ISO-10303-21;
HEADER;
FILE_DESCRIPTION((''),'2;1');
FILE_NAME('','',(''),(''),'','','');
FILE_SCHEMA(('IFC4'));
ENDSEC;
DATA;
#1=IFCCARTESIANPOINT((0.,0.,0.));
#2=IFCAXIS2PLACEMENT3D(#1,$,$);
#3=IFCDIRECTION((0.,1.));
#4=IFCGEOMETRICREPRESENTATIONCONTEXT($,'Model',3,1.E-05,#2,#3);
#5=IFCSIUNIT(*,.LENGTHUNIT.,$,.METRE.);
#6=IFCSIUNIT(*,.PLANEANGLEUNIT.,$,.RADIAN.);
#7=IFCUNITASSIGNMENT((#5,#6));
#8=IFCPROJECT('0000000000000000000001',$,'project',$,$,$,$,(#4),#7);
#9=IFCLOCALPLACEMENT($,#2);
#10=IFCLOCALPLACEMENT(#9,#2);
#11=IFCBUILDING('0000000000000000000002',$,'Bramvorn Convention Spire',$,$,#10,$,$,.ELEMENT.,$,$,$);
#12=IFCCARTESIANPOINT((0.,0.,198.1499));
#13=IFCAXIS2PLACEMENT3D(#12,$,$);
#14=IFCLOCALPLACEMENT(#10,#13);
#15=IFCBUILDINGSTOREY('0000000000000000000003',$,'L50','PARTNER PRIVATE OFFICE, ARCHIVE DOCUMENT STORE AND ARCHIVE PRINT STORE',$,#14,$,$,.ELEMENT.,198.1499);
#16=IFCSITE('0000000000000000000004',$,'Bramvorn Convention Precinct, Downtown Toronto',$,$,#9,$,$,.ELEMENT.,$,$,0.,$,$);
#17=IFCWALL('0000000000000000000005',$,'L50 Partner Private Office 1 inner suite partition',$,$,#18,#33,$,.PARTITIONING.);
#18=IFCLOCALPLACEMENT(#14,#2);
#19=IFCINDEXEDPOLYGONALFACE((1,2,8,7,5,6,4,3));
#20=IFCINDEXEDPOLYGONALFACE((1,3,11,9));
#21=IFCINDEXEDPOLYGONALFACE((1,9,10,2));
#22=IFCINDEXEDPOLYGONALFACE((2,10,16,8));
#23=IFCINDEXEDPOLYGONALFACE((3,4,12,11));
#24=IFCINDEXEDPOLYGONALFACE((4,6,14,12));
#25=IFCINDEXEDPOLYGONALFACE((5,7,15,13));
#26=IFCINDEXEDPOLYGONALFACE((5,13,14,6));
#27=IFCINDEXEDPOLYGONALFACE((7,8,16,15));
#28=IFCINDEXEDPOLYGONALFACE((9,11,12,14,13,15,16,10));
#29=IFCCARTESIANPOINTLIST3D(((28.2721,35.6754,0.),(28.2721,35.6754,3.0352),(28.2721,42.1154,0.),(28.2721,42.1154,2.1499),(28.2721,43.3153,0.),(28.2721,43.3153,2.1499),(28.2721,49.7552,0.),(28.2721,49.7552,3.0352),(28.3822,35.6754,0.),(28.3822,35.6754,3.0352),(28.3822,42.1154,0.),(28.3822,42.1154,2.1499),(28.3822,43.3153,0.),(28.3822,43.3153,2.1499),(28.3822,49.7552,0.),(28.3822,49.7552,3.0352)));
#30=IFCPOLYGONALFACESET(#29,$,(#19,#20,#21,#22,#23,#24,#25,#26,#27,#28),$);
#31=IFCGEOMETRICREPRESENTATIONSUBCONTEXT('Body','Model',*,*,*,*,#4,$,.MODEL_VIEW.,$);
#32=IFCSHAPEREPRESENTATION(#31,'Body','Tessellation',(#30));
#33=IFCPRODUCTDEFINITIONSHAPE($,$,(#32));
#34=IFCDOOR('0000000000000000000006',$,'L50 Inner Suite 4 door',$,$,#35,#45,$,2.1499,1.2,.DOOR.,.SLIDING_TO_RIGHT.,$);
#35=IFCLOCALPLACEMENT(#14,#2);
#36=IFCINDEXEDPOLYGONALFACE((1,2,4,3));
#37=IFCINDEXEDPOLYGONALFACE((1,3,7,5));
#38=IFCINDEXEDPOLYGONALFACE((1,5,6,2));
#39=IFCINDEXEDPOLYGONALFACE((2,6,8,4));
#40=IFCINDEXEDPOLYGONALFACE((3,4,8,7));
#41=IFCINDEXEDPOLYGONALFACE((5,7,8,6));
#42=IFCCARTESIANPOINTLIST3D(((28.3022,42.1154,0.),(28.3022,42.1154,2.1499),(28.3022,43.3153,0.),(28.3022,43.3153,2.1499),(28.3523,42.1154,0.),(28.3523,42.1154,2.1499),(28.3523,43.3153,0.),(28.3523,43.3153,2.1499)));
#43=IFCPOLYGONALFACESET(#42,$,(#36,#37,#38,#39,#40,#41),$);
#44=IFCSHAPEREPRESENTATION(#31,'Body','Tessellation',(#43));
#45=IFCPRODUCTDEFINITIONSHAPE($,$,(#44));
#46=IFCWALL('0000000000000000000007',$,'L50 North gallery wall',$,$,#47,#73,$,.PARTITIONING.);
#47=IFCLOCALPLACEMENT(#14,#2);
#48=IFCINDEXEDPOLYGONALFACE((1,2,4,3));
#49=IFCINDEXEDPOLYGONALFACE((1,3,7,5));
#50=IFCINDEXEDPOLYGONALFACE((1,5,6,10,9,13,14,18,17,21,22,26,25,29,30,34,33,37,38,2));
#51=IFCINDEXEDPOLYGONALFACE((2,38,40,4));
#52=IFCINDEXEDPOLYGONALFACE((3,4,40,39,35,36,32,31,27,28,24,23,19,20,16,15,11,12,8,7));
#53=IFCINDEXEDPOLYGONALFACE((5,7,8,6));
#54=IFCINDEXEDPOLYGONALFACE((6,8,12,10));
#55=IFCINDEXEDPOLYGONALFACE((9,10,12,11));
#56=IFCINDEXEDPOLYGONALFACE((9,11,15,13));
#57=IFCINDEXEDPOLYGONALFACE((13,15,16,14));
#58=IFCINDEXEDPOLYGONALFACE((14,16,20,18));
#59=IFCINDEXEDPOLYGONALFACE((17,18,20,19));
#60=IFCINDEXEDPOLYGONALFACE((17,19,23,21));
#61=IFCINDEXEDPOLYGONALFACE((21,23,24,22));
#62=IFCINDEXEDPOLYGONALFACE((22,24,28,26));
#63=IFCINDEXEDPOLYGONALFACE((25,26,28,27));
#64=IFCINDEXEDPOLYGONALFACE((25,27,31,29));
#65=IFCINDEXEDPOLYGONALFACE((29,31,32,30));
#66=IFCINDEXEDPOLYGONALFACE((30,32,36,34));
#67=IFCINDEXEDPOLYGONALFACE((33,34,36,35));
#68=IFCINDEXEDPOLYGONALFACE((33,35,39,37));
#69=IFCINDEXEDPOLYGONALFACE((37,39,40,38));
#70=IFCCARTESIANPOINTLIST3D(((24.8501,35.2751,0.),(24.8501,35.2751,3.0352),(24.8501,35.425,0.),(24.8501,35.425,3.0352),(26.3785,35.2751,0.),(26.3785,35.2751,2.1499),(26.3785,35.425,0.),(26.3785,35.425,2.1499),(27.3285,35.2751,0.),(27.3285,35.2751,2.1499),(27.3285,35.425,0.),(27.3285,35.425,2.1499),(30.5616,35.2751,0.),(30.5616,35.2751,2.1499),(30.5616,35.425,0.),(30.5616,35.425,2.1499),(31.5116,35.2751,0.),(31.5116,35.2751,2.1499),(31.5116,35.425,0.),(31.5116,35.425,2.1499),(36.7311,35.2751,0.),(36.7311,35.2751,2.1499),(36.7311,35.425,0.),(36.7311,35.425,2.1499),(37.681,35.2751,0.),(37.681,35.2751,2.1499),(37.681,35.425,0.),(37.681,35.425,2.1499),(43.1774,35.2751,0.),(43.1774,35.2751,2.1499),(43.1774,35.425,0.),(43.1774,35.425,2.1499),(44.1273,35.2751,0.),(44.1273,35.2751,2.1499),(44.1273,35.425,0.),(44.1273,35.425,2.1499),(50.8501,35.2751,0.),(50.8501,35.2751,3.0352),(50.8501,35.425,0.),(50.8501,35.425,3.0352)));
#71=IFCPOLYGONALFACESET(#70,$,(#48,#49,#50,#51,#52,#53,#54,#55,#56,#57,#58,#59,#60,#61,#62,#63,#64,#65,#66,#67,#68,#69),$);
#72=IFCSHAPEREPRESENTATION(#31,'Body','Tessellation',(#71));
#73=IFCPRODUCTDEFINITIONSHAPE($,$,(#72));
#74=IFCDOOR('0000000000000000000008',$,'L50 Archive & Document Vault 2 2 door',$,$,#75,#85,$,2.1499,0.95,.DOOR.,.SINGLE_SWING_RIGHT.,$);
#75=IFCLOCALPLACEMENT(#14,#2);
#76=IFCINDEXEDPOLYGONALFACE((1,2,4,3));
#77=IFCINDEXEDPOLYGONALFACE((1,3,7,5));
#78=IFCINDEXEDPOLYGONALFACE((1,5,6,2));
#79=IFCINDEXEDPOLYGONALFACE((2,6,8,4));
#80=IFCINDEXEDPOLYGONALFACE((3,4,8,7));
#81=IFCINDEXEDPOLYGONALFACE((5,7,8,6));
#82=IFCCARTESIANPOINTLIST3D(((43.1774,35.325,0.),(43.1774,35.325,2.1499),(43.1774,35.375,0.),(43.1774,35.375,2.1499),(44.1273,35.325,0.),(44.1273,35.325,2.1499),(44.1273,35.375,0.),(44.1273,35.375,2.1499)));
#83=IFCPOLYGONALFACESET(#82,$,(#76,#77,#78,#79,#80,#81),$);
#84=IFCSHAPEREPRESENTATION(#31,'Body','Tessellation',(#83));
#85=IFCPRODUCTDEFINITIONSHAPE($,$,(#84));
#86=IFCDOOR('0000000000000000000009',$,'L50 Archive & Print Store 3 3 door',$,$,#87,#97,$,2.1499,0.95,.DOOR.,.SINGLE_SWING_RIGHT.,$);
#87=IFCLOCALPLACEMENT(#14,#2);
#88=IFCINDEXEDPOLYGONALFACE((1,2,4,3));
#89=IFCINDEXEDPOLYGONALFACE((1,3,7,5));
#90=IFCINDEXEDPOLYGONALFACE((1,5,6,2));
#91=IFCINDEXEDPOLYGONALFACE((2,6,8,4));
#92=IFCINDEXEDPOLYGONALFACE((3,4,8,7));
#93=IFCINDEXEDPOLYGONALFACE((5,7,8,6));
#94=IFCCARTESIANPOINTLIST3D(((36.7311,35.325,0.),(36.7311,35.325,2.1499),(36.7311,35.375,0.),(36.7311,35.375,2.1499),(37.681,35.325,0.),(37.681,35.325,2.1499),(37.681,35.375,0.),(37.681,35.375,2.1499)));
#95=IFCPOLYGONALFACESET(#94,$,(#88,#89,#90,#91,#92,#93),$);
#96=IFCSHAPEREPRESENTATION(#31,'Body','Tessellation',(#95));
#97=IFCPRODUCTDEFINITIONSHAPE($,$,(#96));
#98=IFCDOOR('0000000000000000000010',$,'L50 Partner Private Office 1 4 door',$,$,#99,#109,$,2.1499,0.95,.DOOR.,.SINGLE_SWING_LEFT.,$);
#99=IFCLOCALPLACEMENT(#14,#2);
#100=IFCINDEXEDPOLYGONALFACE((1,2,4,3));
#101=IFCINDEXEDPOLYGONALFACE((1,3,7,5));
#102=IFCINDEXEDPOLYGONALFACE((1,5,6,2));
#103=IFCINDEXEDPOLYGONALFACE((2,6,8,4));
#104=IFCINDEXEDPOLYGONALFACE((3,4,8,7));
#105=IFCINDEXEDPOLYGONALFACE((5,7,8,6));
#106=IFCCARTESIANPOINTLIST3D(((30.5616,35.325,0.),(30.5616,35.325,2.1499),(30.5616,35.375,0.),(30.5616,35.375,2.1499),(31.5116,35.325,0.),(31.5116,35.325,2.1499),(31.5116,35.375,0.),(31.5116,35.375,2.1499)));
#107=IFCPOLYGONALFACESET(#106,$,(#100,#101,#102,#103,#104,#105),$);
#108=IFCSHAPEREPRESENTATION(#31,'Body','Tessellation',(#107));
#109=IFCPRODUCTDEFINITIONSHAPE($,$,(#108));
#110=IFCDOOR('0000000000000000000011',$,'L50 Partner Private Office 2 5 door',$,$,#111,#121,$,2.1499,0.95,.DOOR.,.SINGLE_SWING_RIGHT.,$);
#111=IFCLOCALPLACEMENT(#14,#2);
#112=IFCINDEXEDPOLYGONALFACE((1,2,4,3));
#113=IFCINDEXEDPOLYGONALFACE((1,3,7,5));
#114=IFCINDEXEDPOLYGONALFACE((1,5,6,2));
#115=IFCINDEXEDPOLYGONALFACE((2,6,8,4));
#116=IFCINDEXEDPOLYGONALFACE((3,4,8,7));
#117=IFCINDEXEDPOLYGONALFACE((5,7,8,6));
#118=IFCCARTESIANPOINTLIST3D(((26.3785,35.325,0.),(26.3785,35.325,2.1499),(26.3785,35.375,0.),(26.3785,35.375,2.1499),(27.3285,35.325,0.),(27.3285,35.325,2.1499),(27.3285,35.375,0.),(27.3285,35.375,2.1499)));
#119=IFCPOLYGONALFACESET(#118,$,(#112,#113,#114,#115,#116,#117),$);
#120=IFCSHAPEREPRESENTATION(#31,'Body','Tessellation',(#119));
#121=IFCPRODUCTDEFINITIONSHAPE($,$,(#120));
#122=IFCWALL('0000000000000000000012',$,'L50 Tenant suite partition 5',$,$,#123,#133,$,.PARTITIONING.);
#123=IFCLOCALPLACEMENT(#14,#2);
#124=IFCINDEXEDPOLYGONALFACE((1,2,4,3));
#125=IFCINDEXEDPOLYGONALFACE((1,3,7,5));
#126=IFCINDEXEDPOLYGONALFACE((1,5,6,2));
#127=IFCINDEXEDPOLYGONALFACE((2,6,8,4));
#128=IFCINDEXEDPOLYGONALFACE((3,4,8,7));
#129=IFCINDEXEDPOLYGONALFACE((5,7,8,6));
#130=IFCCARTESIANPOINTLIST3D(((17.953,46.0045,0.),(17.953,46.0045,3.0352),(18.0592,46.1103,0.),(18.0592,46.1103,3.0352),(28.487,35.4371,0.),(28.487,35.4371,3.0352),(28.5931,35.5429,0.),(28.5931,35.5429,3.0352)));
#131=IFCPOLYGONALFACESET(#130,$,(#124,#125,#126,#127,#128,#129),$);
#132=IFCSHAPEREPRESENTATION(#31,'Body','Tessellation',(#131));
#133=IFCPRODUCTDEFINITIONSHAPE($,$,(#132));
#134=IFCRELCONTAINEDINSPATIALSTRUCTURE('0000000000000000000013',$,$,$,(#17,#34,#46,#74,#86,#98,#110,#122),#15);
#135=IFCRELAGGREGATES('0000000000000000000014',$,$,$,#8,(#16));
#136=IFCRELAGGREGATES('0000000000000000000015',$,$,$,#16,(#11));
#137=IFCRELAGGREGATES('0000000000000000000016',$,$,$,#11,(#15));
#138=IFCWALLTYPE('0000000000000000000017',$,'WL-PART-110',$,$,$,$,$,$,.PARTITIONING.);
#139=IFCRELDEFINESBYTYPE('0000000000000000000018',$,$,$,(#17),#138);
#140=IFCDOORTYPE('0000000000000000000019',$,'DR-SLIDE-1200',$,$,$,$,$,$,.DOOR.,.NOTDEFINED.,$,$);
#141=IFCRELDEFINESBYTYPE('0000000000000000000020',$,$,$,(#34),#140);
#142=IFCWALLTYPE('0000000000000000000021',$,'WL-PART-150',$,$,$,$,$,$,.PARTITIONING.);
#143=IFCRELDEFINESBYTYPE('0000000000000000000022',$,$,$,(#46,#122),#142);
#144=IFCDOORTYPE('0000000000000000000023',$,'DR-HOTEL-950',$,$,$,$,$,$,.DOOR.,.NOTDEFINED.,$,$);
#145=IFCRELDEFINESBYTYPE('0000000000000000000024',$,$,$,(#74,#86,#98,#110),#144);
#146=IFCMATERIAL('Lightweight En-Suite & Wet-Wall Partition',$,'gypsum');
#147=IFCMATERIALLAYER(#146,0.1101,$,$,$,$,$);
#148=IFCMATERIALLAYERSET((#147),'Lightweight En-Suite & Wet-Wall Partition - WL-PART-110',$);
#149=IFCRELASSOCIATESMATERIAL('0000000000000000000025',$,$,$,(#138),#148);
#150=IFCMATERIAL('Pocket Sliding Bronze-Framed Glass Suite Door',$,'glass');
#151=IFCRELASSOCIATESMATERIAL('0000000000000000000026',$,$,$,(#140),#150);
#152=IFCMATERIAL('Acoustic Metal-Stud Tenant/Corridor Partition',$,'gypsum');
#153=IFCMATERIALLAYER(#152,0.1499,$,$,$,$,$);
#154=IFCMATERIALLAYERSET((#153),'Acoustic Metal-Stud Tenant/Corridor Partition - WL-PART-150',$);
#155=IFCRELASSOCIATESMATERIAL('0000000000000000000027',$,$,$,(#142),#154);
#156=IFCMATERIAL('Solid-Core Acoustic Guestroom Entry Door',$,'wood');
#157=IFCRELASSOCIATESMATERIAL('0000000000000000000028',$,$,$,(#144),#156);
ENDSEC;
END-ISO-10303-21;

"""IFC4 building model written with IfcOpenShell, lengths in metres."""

from ifc_helpers import new_model, si_unit, direction, frame, frame_2d, origin, place, context, subcontext, project, spatial, rectangle, extrude, material, layer, layer_set, type_object, element, fill, save


model = new_model("IFC4")

# Units and contexts
model_context = context("Model", 3, precision=1e-05, world=origin(), true_north=direction((0.0, 1.0)))
body_context = subcontext(model_context, "Body", "Model", "MODEL_VIEW")
ifc_project = project(units=[si_unit("LENGTHUNIT", "METRE"), si_unit("PLANEANGLEUNIT", "RADIAN")], contexts=[model_context])

# Site, building, storey
site_placement = place(None, origin())
site = spatial("IfcSite", under=ifc_project, at=site_placement, Name="Bramvorn Convention Precinct, Downtown Toronto", CompositionType="ELEMENT", RefElevation=0.0)
building_placement = place(site_placement, origin())
building = spatial("IfcBuilding", under=site, at=building_placement, Name="Bramvorn Convention Spire", CompositionType="ELEMENT")
storey_placement = place(building_placement, frame((0.0, 0.0, 198.1499)))
storey = spatial("IfcBuildingStorey", under=building, at=storey_placement, Name="L50", Description="PARTNER PRIVATE OFFICE, ARCHIVE DOCUMENT STORE AND ARCHIVE PRINT STORE", CompositionType="ELEMENT", Elevation=198.1499)

# Wall, opening, door
ifc_material_1 = material(Name="Lightweight En-Suite & Wet-Wall Partition", Category="gypsum")
ifc_layer_1 = layer(ifc_material_1, 0.1101)
ifc_layer_set_1 = layer_set([ifc_layer_1], Name="Lightweight En-Suite & Wet-Wall Partition - WL-PART-110")
wall_type_1 = type_object("IfcWallType", Name="WL-PART-110", PredefinedType="PARTITIONING", material=ifc_layer_set_1)
wall_1_placement = place(storey_placement, frame((28.3271, 35.6753, 0.0), z_axis=(0.0, 0.0, 1.0), x_axis=(0.0, 1.0, 0.0)))
wall_1 = element("IfcWall", 1, at=wall_1_placement, inside=storey, type_object=wall_type_1, Name="L50 Partner Private Office 1 inner suite partition", PredefinedType="PARTITIONING", context=body_context, shape_type="SweptSolid", body=[
    extrude(rectangle(XDim=14.0798, YDim=0.1101, at=frame_2d((7.04, 0.0))), origin(), (0.0, 0.0, 1.0), 3.0352),
])
opening_1_placement = place(wall_1_placement, frame((6.4399, 0.0, 0.0)))
opening_1 = element("IfcOpeningElement", 2, at=opening_1_placement, cuts=wall_1, PredefinedType="OPENING", context=body_context, shape_type="SweptSolid", body=[
    extrude(rectangle(XDim=1.2, YDim=2.1499, at=frame_2d((0.6001, 1.075))), frame((0.0, 0.0649, 0.0), z_axis=(0.0, -1.0, 0.0), x_axis=(1.0, 0.0, 0.0)), (0.0, 0.0, 1.0), 0.1301),
])
ifc_material_2 = material(Name="Pocket Sliding Bronze-Framed Glass Suite Door", Category="glass")
door_type_1 = type_object("IfcDoorType", Name="DR-SLIDE-1200", OperationType="NOTDEFINED", PredefinedType="DOOR", material=ifc_material_2)
door_1_placement = place(opening_1_placement, origin())
door_1 = element("IfcDoor", 3, at=door_1_placement, inside=storey, type_object=door_type_1, Name="L50 Inner Suite 4 door", OperationType="SLIDING_TO_RIGHT", OverallHeight=2.1499, OverallWidth=1.2, PredefinedType="DOOR", context=body_context, shape_type="SweptSolid", body=[
    extrude(rectangle(XDim=1.2, YDim=2.1499, at=frame_2d((0.6001, 1.075))), frame((0.0, 0.0249, 0.0), z_axis=(0.0, -1.0, 0.0), x_axis=(1.0, 0.0, 0.0)), (0.0, 0.0, 1.0), 0.05),
])
fill(opening_1, door_1)

# Wall, openings, doors
ifc_material_3 = material(Name="Acoustic Metal-Stud Tenant/Corridor Partition", Category="gypsum")
ifc_layer_2 = layer(ifc_material_3, 0.1499)
ifc_layer_set_2 = layer_set([ifc_layer_2], Name="Acoustic Metal-Stud Tenant/Corridor Partition - WL-PART-150")
wall_type_2 = type_object("IfcWallType", Name="WL-PART-150", PredefinedType="PARTITIONING", material=ifc_layer_set_2)
wall_2_placement = place(storey_placement, frame((24.8501, 35.3501, 0.0), z_axis=(0.0, 0.0, 1.0), x_axis=(1.0, 0.0, 0.0)))
wall_2 = element("IfcWall", 4, at=wall_2_placement, inside=storey, type_object=wall_type_2, Name="L50 North gallery wall", PredefinedType="PARTITIONING", context=body_context, shape_type="SweptSolid", body=[
    extrude(rectangle(XDim=26.0, YDim=0.1499, at=frame_2d((13.0, 0.0))), origin(), (0.0, 0.0, 1.0), 3.0352),
])
opening_2_placement = place(wall_2_placement, frame((18.3271, 0.0, 0.0)))
opening_2 = element("IfcOpeningElement", 5, at=opening_2_placement, cuts=wall_2, PredefinedType="OPENING", context=body_context, shape_type="SweptSolid", body=[
    extrude(rectangle(XDim=0.95, YDim=2.1499, at=frame_2d((0.4751, 1.075))), frame((0.0, 0.085, 0.0), z_axis=(0.0, -1.0, 0.0), x_axis=(1.0, 0.0, 0.0)), (0.0, 0.0, 1.0), 0.1699),
])
opening_3_placement = place(wall_2_placement, frame((11.8809, 0.0, 0.0)))
opening_3 = element("IfcOpeningElement", 6, at=opening_3_placement, cuts=wall_2, PredefinedType="OPENING", context=body_context, shape_type="SweptSolid", body=[
    extrude(rectangle(XDim=0.95, YDim=2.1499, at=frame_2d((0.4751, 1.075))), frame((0.0, 0.085, 0.0), z_axis=(0.0, -1.0, 0.0), x_axis=(1.0, 0.0, 0.0)), (0.0, 0.0, 1.0), 0.1699),
])
opening_4_placement = place(wall_2_placement, frame((5.7114, 0.0, 0.0)))
opening_4 = element("IfcOpeningElement", 7, at=opening_4_placement, cuts=wall_2, PredefinedType="OPENING", context=body_context, shape_type="SweptSolid", body=[
    extrude(rectangle(XDim=0.95, YDim=2.1499, at=frame_2d((0.4751, 1.075))), frame((0.0, 0.085, 0.0), z_axis=(0.0, -1.0, 0.0), x_axis=(1.0, 0.0, 0.0)), (0.0, 0.0, 1.0), 0.1699),
])
opening_5_placement = place(wall_2_placement, frame((1.5283, 0.0, 0.0)))
opening_5 = element("IfcOpeningElement", 8, at=opening_5_placement, cuts=wall_2, PredefinedType="OPENING", context=body_context, shape_type="SweptSolid", body=[
    extrude(rectangle(XDim=0.95, YDim=2.1499, at=frame_2d((0.4751, 1.075))), frame((0.0, 0.085, 0.0), z_axis=(0.0, -1.0, 0.0), x_axis=(1.0, 0.0, 0.0)), (0.0, 0.0, 1.0), 0.1699),
])
ifc_material_4 = material(Name="Solid-Core Acoustic Guestroom Entry Door", Category="wood")
door_type_2 = type_object("IfcDoorType", Name="DR-HOTEL-950", OperationType="NOTDEFINED", PredefinedType="DOOR", material=ifc_material_4)
door_2_placement = place(opening_2_placement, origin())
door_2 = element("IfcDoor", 9, at=door_2_placement, inside=storey, type_object=door_type_2, Name="L50 Archive & Document Vault 2 2 door", OperationType="SINGLE_SWING_RIGHT", OverallHeight=2.1499, OverallWidth=0.95, PredefinedType="DOOR", context=body_context, shape_type="SweptSolid", body=[
    extrude(rectangle(XDim=0.95, YDim=2.1499, at=frame_2d((0.4751, 1.075))), frame((0.0, 0.0249, 0.0), z_axis=(0.0, -1.0, 0.0), x_axis=(1.0, 0.0, 0.0)), (0.0, 0.0, 1.0), 0.05),
])
fill(opening_2, door_2)
door_3_placement = place(opening_3_placement, origin())
door_3 = element("IfcDoor", 10, at=door_3_placement, inside=storey, type_object=door_type_2, Name="L50 Archive & Print Store 3 3 door", OperationType="SINGLE_SWING_RIGHT", OverallHeight=2.1499, OverallWidth=0.95, PredefinedType="DOOR", context=body_context, shape_type="SweptSolid", body=[
    extrude(rectangle(XDim=0.95, YDim=2.1499, at=frame_2d((0.4751, 1.075))), frame((0.0, 0.0249, 0.0), z_axis=(0.0, -1.0, 0.0), x_axis=(1.0, 0.0, 0.0)), (0.0, 0.0, 1.0), 0.05),
])
fill(opening_3, door_3)
door_4_placement = place(opening_4_placement, origin())
door_4 = element("IfcDoor", 11, at=door_4_placement, inside=storey, type_object=door_type_2, Name="L50 Partner Private Office 1 4 door", OperationType="SINGLE_SWING_LEFT", OverallHeight=2.1499, OverallWidth=0.95, PredefinedType="DOOR", context=body_context, shape_type="SweptSolid", body=[
    extrude(rectangle(XDim=0.95, YDim=2.1499, at=frame_2d((0.4751, 1.075))), frame((0.0, 0.0249, 0.0), z_axis=(0.0, -1.0, 0.0), x_axis=(1.0, 0.0, 0.0)), (0.0, 0.0, 1.0), 0.05),
])
fill(opening_4, door_4)
door_5_placement = place(opening_5_placement, origin())
door_5 = element("IfcDoor", 12, at=door_5_placement, inside=storey, type_object=door_type_2, Name="L50 Partner Private Office 2 5 door", OperationType="SINGLE_SWING_RIGHT", OverallHeight=2.1499, OverallWidth=0.95, PredefinedType="DOOR", context=body_context, shape_type="SweptSolid", body=[
    extrude(rectangle(XDim=0.95, YDim=2.1499, at=frame_2d((0.4751, 1.075))), frame((0.0, 0.0249, 0.0), z_axis=(0.0, -1.0, 0.0), x_axis=(1.0, 0.0, 0.0)), (0.0, 0.0, 1.0), 0.05),
])
fill(opening_5, door_5)

# Wall
wall_3_placement = place(storey_placement, frame((28.54, 35.49, 0.0), z_axis=(0.0, 0.0, 1.0), x_axis=(-0.705985, 0.708227, 0.0)))
element("IfcWall", 13, at=wall_3_placement, inside=storey, type_object=wall_type_2, Name="L50 Tenant suite partition 5", PredefinedType="PARTITIONING", context=body_context, shape_type="SweptSolid", body=[
    extrude(rectangle(XDim=14.9209, YDim=0.1499, at=frame_2d((7.4604, 0.0))), origin(), (0.0, 0.0, 1.0), 3.0352),
])

save(model, "model.ifc")
